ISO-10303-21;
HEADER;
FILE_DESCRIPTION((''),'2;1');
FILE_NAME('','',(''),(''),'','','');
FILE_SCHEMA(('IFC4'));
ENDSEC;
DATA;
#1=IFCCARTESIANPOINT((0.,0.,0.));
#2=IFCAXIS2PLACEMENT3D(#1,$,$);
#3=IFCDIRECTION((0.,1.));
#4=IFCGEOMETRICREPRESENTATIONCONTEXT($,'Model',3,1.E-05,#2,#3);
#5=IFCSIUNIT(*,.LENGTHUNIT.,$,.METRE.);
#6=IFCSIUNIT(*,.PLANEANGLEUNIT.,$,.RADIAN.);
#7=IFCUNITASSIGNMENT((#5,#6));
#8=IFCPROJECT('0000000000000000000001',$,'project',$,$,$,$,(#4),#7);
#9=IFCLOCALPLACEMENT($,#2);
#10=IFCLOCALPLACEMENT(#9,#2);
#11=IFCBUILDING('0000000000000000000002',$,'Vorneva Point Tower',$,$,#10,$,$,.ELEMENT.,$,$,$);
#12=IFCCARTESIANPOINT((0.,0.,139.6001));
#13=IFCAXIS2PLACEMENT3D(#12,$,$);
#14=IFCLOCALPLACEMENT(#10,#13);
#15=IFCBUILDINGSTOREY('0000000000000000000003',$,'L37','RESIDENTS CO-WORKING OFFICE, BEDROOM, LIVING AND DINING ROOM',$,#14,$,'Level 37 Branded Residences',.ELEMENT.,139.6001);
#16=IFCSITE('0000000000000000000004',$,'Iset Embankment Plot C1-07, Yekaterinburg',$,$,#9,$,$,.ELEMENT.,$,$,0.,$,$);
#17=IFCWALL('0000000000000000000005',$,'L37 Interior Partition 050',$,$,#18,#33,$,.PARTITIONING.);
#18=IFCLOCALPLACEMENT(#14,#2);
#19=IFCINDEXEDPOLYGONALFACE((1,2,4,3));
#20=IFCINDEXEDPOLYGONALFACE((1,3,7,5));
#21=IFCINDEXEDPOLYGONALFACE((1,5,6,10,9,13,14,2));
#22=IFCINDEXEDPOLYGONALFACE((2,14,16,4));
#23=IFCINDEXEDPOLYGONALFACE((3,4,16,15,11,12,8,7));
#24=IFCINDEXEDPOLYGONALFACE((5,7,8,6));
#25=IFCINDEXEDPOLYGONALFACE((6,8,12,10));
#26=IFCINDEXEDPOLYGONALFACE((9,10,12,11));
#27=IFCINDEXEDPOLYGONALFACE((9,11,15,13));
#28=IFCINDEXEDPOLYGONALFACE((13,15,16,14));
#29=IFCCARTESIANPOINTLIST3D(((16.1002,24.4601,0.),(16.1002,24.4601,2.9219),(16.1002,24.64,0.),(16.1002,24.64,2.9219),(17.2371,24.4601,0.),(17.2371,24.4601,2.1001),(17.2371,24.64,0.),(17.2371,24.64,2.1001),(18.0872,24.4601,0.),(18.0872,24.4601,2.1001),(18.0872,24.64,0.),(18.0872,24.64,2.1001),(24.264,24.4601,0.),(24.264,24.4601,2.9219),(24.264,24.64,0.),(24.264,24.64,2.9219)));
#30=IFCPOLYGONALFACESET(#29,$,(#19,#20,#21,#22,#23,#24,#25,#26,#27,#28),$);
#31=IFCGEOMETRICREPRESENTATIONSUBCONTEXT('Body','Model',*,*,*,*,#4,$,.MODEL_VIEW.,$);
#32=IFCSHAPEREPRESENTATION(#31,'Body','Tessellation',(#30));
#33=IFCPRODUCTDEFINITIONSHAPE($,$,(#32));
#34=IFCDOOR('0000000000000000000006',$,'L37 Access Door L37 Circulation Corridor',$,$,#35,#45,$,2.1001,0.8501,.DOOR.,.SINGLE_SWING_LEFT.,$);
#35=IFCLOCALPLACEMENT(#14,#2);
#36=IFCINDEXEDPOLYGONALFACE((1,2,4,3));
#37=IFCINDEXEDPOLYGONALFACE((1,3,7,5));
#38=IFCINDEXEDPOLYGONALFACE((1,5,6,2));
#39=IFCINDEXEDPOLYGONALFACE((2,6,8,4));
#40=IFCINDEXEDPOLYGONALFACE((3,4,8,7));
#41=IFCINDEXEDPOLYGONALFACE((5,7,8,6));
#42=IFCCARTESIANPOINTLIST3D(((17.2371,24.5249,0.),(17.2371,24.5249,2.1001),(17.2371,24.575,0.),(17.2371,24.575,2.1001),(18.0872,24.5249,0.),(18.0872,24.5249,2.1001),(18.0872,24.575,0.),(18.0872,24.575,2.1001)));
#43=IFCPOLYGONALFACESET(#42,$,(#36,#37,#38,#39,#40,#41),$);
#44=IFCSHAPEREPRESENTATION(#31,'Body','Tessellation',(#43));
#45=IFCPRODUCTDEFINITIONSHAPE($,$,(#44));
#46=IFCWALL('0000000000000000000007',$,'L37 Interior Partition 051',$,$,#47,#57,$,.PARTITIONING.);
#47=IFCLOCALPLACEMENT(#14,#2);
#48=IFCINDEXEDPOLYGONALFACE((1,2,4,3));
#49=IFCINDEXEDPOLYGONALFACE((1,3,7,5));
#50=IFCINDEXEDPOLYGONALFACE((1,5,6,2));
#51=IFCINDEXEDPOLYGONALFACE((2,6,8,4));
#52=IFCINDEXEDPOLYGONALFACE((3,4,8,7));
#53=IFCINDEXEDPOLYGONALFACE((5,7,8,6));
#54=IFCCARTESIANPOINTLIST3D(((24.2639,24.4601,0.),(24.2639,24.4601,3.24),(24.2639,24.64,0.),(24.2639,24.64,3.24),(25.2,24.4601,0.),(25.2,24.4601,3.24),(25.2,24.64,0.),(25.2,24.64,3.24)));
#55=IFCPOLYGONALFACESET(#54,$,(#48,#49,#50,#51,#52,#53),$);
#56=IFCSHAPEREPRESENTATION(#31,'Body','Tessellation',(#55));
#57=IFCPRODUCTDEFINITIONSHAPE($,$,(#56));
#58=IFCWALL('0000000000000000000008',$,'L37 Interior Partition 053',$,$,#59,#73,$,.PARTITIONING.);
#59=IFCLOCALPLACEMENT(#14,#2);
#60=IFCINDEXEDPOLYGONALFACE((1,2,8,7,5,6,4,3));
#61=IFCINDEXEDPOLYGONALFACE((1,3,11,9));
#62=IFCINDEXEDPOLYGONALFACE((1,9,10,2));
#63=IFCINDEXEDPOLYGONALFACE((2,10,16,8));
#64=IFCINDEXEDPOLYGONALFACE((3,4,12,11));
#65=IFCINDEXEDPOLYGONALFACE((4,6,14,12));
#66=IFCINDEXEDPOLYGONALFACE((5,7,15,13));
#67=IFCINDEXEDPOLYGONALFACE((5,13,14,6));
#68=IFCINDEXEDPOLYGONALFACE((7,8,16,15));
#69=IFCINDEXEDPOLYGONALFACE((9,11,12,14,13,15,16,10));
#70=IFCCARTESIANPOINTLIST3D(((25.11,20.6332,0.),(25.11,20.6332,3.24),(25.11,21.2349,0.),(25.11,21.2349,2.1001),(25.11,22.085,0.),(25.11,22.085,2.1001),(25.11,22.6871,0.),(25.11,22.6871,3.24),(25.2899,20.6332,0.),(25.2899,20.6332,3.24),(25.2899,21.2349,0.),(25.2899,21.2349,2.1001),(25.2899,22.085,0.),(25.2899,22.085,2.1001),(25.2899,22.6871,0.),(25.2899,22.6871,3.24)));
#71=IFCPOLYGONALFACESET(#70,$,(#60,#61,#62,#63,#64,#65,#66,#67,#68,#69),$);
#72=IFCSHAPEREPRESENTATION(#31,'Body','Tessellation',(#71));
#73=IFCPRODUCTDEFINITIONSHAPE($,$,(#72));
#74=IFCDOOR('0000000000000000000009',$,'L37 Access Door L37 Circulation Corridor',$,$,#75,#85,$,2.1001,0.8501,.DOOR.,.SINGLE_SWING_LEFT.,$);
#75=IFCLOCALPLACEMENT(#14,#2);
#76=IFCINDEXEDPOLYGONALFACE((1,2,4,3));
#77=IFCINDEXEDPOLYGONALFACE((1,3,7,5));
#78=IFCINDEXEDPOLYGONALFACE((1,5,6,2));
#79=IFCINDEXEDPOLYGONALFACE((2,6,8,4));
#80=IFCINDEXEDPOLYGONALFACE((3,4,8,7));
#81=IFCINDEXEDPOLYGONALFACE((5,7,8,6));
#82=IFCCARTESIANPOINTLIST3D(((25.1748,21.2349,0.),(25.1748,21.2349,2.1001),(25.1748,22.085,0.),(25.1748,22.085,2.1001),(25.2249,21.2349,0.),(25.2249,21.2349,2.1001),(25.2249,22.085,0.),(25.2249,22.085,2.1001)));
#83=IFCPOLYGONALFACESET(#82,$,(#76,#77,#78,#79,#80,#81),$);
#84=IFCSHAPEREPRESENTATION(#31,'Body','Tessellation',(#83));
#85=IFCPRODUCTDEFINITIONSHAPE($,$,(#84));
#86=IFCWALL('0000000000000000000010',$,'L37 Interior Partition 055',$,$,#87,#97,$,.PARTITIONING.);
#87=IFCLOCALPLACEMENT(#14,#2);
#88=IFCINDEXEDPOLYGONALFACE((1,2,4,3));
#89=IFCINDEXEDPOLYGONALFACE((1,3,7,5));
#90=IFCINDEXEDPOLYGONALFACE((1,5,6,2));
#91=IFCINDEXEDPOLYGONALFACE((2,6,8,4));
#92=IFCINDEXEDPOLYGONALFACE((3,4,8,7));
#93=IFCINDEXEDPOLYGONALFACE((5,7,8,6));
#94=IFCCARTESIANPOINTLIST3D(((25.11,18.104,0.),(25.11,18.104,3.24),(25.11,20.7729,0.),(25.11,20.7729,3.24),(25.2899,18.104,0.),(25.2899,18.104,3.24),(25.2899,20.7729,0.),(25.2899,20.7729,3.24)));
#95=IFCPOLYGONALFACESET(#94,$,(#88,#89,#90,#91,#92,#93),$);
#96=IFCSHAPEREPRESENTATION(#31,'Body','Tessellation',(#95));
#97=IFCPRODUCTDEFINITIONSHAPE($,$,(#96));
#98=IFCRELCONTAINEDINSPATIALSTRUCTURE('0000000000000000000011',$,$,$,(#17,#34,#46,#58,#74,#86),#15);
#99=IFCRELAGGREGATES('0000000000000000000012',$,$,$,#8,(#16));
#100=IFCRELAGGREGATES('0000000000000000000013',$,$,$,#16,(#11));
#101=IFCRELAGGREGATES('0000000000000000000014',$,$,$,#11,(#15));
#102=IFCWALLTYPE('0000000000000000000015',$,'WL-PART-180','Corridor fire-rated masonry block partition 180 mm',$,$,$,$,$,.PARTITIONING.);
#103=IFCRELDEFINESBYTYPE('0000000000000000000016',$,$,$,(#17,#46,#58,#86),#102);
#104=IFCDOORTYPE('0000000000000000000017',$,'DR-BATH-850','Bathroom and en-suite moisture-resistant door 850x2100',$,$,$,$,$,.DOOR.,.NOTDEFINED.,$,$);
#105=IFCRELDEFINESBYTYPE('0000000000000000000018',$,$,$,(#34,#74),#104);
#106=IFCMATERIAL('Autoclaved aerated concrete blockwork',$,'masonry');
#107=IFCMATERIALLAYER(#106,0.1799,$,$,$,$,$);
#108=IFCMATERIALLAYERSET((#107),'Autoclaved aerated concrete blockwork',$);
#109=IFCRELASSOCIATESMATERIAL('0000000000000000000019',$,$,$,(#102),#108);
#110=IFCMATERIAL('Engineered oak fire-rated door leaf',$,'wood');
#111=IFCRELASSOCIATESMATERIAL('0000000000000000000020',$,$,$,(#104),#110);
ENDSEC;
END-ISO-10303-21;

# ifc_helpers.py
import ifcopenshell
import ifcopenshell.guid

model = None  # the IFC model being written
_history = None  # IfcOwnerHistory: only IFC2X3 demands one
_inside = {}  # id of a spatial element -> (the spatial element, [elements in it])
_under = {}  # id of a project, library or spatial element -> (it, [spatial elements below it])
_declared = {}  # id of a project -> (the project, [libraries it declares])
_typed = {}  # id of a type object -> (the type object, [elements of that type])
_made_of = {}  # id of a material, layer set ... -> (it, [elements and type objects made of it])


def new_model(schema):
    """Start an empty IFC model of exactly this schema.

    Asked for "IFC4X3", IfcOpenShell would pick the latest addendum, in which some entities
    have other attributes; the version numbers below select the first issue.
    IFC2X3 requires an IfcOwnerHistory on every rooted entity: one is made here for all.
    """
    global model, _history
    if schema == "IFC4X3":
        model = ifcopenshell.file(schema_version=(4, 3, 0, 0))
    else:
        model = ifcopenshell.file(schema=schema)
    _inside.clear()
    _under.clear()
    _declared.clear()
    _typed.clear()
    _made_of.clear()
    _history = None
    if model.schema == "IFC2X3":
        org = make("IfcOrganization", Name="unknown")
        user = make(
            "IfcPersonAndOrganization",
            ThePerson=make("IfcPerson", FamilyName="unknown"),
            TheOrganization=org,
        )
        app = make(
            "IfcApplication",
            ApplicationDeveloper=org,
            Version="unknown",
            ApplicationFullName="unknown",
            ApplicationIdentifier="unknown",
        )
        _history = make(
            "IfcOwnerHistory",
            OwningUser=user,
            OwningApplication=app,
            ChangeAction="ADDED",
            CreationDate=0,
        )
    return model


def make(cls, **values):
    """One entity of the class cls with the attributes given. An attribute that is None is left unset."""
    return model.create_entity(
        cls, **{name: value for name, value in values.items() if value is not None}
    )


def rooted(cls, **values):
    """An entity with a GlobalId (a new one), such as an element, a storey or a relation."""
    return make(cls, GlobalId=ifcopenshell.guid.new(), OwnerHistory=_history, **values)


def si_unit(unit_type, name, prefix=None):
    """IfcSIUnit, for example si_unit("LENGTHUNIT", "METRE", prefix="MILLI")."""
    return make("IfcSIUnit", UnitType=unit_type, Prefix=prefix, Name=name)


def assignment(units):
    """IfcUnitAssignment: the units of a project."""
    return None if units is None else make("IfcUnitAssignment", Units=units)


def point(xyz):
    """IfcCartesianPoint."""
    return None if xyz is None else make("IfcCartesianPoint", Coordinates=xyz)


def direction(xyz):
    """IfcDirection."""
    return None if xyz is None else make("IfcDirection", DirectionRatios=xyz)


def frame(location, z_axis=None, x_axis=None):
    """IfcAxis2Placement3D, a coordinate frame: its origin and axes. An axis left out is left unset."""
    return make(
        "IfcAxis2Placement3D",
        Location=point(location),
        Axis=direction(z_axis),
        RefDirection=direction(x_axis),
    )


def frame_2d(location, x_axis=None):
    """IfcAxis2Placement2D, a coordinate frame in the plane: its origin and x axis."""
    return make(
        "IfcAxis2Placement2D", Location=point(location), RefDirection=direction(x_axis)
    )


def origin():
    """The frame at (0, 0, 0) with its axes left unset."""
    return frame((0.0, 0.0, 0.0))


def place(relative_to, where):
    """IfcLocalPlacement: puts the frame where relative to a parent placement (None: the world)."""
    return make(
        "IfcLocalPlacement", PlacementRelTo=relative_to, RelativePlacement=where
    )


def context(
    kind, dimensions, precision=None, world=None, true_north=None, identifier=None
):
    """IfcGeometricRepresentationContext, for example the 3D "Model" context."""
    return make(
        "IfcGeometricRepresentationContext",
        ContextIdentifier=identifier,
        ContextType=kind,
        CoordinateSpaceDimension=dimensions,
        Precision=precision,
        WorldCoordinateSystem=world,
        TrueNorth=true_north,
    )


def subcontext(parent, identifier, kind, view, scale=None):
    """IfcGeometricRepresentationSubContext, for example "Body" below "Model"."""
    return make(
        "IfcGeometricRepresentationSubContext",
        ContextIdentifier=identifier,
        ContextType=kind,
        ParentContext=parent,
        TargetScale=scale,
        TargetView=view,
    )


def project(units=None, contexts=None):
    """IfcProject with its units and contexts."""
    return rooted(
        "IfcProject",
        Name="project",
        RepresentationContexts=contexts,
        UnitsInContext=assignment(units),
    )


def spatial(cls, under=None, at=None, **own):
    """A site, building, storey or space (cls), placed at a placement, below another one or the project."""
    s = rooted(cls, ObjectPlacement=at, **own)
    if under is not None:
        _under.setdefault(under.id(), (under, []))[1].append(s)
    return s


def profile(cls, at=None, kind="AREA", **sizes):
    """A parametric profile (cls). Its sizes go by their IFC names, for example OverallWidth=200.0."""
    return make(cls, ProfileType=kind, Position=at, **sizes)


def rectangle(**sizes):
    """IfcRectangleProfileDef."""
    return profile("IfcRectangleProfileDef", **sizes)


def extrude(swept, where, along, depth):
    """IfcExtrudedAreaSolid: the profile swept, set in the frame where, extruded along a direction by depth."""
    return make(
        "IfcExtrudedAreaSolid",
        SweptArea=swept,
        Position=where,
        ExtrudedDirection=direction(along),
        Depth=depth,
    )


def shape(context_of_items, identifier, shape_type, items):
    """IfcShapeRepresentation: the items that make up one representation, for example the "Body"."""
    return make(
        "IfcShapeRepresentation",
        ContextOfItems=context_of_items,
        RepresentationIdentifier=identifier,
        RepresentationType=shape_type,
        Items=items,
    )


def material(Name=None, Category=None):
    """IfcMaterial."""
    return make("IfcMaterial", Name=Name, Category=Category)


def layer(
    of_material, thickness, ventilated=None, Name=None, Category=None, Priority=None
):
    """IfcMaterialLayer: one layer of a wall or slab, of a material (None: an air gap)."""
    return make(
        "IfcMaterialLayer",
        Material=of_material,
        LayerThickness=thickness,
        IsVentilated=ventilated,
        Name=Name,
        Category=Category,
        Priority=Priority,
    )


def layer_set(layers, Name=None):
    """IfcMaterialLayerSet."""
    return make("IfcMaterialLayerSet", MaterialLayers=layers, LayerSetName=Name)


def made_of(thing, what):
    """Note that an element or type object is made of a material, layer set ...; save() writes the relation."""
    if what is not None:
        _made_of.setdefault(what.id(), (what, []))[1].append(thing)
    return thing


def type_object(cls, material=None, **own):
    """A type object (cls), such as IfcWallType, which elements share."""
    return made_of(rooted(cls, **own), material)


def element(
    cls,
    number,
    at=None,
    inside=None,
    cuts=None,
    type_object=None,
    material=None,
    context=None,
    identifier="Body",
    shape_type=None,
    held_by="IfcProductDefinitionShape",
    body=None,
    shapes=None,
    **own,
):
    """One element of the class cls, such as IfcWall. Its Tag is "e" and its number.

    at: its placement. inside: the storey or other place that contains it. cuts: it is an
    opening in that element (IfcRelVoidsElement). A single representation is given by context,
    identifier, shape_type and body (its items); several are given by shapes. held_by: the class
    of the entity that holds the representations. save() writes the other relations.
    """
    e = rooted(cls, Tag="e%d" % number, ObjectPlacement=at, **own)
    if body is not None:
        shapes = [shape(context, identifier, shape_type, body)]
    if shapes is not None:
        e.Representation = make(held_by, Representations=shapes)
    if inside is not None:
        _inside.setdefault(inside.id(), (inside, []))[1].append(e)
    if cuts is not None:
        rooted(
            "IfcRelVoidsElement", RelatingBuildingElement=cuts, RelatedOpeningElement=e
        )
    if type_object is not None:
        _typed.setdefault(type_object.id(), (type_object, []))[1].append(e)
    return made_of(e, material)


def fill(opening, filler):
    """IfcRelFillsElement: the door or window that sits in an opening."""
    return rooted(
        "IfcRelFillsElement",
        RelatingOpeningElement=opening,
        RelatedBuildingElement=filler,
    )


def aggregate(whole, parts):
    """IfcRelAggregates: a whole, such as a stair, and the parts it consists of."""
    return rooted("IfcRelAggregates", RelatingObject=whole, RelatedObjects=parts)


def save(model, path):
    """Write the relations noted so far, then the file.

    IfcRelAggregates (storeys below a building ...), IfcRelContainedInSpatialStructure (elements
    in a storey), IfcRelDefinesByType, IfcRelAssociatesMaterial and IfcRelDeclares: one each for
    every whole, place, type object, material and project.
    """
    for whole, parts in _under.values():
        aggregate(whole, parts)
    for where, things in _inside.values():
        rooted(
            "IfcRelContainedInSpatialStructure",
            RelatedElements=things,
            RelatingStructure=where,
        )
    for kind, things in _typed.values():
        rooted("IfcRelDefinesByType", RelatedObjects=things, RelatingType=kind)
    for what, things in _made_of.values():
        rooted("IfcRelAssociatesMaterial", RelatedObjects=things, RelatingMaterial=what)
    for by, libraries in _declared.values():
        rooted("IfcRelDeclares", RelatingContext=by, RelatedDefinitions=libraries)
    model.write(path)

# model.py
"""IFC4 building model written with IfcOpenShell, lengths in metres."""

from ifc_helpers import new_model, si_unit, direction, frame, frame_2d, origin, place, context, subcontext, project, spatial, rectangle, extrude, material, layer, layer_set, type_object, element, fill, save


model = new_model("IFC4")

# Units and contexts
model_context = context("Model", 3, precision=1e-05, world=origin(), true_north=direction((0.0, 1.0)))
body_context = subcontext(model_context, "Body", "Model", "MODEL_VIEW")
ifc_project = project(units=[si_unit("LENGTHUNIT", "METRE"), si_unit("PLANEANGLEUNIT", "RADIAN")], contexts=[model_context])

# Site, building, storey
site_placement = place(None, origin())
site = spatial("IfcSite", under=ifc_project, at=site_placement, Name="Iset Embankment Plot C1-07, Yekaterinburg", CompositionType="ELEMENT", RefElevation=0.0)
building_placement = place(site_placement, origin())
building = spatial("IfcBuilding", under=site, at=building_placement, Name="Vorneva Point Tower", CompositionType="ELEMENT")
storey_placement = place(building_placement, frame((0.0, 0.0, 139.6001)))
storey = spatial("IfcBuildingStorey", under=building, at=storey_placement, Name="L37", Description="RESIDENTS CO-WORKING OFFICE, BEDROOM, LIVING AND DINING ROOM", LongName="Level 37 Branded Residences", CompositionType="ELEMENT", Elevation=139.6001)

# Wall, opening, door
ifc_material_1 = material(Name="Autoclaved aerated concrete blockwork", Category="masonry")
ifc_layer_1 = layer(ifc_material_1, 0.1799)
ifc_layer_set_1 = layer_set([ifc_layer_1], Name="Autoclaved aerated concrete blockwork")
wall_type_1 = type_object("IfcWallType", Name="WL-PART-180", Description="Corridor fire-rated masonry block partition 180 mm", PredefinedType="PARTITIONING", material=ifc_layer_set_1)
wall_1_placement = place(storey_placement, frame((16.1001, 24.55, 0.0), z_axis=(0.0, 0.0, 1.0), x_axis=(1.0, 0.0, 0.0)))
wall_1 = element("IfcWall", 1, at=wall_1_placement, inside=storey, type_object=wall_type_1, Name="L37 Interior Partition 050", PredefinedType="PARTITIONING", context=body_context, shape_type="SweptSolid", body=[
    extrude(rectangle(XDim=8.1638, YDim=0.1799, at=frame_2d((4.082, 0.0))), origin(), (0.0, 0.0, 1.0), 2.9219),
])
opening_1_placement = place(wall_1_placement, frame((1.137, 0.0, 0.0)))
opening_1 = element("IfcOpeningElement", 2, at=opening_1_placement, cuts=wall_1, PredefinedType="OPENING", context=body_context, shape_type="SweptSolid", body=[
    extrude(rectangle(XDim=0.8501, YDim=2.1001, at=frame_2d((0.425, 1.05))), frame((0.0, 0.105, 0.0), z_axis=(0.0, -1.0, 0.0), x_axis=(1.0, 0.0, 0.0)), (0.0, 0.0, 1.0), 0.2097),
])
ifc_material_2 = material(Name="Engineered oak fire-rated door leaf", Category="wood")
door_type_1 = type_object("IfcDoorType", Name="DR-BATH-850", Description="Bathroom and en-suite moisture-resistant door 850x2100", OperationType="NOTDEFINED", PredefinedType="DOOR", material=ifc_material_2)
door_1_placement = place(opening_1_placement, origin())
door_1 = element("IfcDoor", 3, at=door_1_placement, inside=storey, type_object=door_type_1, Name="L37 Access Door L37 Circulation Corridor", OperationType="SINGLE_SWING_LEFT", OverallHeight=2.1001, OverallWidth=0.8501, PredefinedType="DOOR", context=body_context, shape_type="SweptSolid", body=[
    extrude(rectangle(XDim=0.8501, YDim=2.1001, at=frame_2d((0.425, 1.05))), frame((0.0, 0.0249, 0.0), z_axis=(0.0, -1.0, 0.0), x_axis=(1.0, 0.0, 0.0)), (0.0, 0.0, 1.0), 0.05),
])
fill(opening_1, door_1)

# Wall
wall_2_placement = place(storey_placement, frame((24.2639, 24.55, 0.0), z_axis=(0.0, 0.0, 1.0), x_axis=(1.0, 0.0, 0.0)))
element("IfcWall", 4, at=wall_2_placement, inside=storey, type_object=wall_type_1, Name="L37 Interior Partition 051", PredefinedType="PARTITIONING", context=body_context, shape_type="SweptSolid", body=[
    extrude(rectangle(XDim=0.936, YDim=0.1799, at=frame_2d((0.468, 0.0))), origin(), (0.0, 0.0, 1.0), 3.24),
])

# Wall, opening, door
wall_3_placement = place(storey_placement, frame((25.2, 22.687, 0.0), z_axis=(0.0, 0.0, 1.0), x_axis=(0.0, -1.0, 0.0)))
wall_3 = element("IfcWall", 5, at=wall_3_placement, inside=storey, type_object=wall_type_1, Name="L37 Interior Partition 053", PredefinedType="PARTITIONING", context=body_context, shape_type="SweptSolid", body=[
    extrude(rectangle(XDim=2.054, YDim=0.1799, at=frame_2d((1.0269, 0.0))), origin(), (0.0, 0.0, 1.0), 3.24),
])
opening_2_placement = place(wall_3_placement, frame((0.6021, 0.0, 0.0)))
opening_2 = element("IfcOpeningElement", 6, at=opening_2_placement, cuts=wall_3, PredefinedType="OPENING", context=body_context, shape_type="SweptSolid", body=[
    extrude(rectangle(XDim=0.8501, YDim=2.1001, at=frame_2d((0.425, 1.05))), frame((0.0, 0.105, 0.0), z_axis=(0.0, -1.0, 0.0), x_axis=(1.0, 0.0, 0.0)), (0.0, 0.0, 1.0), 0.2097),
])
door_2_placement = place(opening_2_placement, origin())
door_2 = element("IfcDoor", 7, at=door_2_placement, inside=storey, type_object=door_type_1, Name="L37 Access Door L37 Circulation Corridor", OperationType="SINGLE_SWING_LEFT", OverallHeight=2.1001, OverallWidth=0.8501, PredefinedType="DOOR", context=body_context, shape_type="SweptSolid", body=[
    extrude(rectangle(XDim=0.8501, YDim=2.1001, at=frame_2d((0.425, 1.05))), frame((0.0, 0.0249, 0.0), z_axis=(0.0, -1.0, 0.0), x_axis=(1.0, 0.0, 0.0)), (0.0, 0.0, 1.0), 0.05),
])
fill(opening_2, door_2)

# Wall
wall_4_placement = place(storey_placement, frame((25.2, 20.7729, 0.0), z_axis=(0.0, 0.0, 1.0), x_axis=(0.0, -1.0, 0.0)))
element("IfcWall", 8, at=wall_4_placement, inside=storey, type_object=wall_type_1, Name="L37 Interior Partition 055", PredefinedType="PARTITIONING", context=body_context, shape_type="SweptSolid", body=[
    extrude(rectangle(XDim=2.6689, YDim=0.1799, at=frame_2d((1.3345, 0.0))), origin(), (0.0, 0.0, 1.0), 3.24),
])

save(model, "model.ifc")
